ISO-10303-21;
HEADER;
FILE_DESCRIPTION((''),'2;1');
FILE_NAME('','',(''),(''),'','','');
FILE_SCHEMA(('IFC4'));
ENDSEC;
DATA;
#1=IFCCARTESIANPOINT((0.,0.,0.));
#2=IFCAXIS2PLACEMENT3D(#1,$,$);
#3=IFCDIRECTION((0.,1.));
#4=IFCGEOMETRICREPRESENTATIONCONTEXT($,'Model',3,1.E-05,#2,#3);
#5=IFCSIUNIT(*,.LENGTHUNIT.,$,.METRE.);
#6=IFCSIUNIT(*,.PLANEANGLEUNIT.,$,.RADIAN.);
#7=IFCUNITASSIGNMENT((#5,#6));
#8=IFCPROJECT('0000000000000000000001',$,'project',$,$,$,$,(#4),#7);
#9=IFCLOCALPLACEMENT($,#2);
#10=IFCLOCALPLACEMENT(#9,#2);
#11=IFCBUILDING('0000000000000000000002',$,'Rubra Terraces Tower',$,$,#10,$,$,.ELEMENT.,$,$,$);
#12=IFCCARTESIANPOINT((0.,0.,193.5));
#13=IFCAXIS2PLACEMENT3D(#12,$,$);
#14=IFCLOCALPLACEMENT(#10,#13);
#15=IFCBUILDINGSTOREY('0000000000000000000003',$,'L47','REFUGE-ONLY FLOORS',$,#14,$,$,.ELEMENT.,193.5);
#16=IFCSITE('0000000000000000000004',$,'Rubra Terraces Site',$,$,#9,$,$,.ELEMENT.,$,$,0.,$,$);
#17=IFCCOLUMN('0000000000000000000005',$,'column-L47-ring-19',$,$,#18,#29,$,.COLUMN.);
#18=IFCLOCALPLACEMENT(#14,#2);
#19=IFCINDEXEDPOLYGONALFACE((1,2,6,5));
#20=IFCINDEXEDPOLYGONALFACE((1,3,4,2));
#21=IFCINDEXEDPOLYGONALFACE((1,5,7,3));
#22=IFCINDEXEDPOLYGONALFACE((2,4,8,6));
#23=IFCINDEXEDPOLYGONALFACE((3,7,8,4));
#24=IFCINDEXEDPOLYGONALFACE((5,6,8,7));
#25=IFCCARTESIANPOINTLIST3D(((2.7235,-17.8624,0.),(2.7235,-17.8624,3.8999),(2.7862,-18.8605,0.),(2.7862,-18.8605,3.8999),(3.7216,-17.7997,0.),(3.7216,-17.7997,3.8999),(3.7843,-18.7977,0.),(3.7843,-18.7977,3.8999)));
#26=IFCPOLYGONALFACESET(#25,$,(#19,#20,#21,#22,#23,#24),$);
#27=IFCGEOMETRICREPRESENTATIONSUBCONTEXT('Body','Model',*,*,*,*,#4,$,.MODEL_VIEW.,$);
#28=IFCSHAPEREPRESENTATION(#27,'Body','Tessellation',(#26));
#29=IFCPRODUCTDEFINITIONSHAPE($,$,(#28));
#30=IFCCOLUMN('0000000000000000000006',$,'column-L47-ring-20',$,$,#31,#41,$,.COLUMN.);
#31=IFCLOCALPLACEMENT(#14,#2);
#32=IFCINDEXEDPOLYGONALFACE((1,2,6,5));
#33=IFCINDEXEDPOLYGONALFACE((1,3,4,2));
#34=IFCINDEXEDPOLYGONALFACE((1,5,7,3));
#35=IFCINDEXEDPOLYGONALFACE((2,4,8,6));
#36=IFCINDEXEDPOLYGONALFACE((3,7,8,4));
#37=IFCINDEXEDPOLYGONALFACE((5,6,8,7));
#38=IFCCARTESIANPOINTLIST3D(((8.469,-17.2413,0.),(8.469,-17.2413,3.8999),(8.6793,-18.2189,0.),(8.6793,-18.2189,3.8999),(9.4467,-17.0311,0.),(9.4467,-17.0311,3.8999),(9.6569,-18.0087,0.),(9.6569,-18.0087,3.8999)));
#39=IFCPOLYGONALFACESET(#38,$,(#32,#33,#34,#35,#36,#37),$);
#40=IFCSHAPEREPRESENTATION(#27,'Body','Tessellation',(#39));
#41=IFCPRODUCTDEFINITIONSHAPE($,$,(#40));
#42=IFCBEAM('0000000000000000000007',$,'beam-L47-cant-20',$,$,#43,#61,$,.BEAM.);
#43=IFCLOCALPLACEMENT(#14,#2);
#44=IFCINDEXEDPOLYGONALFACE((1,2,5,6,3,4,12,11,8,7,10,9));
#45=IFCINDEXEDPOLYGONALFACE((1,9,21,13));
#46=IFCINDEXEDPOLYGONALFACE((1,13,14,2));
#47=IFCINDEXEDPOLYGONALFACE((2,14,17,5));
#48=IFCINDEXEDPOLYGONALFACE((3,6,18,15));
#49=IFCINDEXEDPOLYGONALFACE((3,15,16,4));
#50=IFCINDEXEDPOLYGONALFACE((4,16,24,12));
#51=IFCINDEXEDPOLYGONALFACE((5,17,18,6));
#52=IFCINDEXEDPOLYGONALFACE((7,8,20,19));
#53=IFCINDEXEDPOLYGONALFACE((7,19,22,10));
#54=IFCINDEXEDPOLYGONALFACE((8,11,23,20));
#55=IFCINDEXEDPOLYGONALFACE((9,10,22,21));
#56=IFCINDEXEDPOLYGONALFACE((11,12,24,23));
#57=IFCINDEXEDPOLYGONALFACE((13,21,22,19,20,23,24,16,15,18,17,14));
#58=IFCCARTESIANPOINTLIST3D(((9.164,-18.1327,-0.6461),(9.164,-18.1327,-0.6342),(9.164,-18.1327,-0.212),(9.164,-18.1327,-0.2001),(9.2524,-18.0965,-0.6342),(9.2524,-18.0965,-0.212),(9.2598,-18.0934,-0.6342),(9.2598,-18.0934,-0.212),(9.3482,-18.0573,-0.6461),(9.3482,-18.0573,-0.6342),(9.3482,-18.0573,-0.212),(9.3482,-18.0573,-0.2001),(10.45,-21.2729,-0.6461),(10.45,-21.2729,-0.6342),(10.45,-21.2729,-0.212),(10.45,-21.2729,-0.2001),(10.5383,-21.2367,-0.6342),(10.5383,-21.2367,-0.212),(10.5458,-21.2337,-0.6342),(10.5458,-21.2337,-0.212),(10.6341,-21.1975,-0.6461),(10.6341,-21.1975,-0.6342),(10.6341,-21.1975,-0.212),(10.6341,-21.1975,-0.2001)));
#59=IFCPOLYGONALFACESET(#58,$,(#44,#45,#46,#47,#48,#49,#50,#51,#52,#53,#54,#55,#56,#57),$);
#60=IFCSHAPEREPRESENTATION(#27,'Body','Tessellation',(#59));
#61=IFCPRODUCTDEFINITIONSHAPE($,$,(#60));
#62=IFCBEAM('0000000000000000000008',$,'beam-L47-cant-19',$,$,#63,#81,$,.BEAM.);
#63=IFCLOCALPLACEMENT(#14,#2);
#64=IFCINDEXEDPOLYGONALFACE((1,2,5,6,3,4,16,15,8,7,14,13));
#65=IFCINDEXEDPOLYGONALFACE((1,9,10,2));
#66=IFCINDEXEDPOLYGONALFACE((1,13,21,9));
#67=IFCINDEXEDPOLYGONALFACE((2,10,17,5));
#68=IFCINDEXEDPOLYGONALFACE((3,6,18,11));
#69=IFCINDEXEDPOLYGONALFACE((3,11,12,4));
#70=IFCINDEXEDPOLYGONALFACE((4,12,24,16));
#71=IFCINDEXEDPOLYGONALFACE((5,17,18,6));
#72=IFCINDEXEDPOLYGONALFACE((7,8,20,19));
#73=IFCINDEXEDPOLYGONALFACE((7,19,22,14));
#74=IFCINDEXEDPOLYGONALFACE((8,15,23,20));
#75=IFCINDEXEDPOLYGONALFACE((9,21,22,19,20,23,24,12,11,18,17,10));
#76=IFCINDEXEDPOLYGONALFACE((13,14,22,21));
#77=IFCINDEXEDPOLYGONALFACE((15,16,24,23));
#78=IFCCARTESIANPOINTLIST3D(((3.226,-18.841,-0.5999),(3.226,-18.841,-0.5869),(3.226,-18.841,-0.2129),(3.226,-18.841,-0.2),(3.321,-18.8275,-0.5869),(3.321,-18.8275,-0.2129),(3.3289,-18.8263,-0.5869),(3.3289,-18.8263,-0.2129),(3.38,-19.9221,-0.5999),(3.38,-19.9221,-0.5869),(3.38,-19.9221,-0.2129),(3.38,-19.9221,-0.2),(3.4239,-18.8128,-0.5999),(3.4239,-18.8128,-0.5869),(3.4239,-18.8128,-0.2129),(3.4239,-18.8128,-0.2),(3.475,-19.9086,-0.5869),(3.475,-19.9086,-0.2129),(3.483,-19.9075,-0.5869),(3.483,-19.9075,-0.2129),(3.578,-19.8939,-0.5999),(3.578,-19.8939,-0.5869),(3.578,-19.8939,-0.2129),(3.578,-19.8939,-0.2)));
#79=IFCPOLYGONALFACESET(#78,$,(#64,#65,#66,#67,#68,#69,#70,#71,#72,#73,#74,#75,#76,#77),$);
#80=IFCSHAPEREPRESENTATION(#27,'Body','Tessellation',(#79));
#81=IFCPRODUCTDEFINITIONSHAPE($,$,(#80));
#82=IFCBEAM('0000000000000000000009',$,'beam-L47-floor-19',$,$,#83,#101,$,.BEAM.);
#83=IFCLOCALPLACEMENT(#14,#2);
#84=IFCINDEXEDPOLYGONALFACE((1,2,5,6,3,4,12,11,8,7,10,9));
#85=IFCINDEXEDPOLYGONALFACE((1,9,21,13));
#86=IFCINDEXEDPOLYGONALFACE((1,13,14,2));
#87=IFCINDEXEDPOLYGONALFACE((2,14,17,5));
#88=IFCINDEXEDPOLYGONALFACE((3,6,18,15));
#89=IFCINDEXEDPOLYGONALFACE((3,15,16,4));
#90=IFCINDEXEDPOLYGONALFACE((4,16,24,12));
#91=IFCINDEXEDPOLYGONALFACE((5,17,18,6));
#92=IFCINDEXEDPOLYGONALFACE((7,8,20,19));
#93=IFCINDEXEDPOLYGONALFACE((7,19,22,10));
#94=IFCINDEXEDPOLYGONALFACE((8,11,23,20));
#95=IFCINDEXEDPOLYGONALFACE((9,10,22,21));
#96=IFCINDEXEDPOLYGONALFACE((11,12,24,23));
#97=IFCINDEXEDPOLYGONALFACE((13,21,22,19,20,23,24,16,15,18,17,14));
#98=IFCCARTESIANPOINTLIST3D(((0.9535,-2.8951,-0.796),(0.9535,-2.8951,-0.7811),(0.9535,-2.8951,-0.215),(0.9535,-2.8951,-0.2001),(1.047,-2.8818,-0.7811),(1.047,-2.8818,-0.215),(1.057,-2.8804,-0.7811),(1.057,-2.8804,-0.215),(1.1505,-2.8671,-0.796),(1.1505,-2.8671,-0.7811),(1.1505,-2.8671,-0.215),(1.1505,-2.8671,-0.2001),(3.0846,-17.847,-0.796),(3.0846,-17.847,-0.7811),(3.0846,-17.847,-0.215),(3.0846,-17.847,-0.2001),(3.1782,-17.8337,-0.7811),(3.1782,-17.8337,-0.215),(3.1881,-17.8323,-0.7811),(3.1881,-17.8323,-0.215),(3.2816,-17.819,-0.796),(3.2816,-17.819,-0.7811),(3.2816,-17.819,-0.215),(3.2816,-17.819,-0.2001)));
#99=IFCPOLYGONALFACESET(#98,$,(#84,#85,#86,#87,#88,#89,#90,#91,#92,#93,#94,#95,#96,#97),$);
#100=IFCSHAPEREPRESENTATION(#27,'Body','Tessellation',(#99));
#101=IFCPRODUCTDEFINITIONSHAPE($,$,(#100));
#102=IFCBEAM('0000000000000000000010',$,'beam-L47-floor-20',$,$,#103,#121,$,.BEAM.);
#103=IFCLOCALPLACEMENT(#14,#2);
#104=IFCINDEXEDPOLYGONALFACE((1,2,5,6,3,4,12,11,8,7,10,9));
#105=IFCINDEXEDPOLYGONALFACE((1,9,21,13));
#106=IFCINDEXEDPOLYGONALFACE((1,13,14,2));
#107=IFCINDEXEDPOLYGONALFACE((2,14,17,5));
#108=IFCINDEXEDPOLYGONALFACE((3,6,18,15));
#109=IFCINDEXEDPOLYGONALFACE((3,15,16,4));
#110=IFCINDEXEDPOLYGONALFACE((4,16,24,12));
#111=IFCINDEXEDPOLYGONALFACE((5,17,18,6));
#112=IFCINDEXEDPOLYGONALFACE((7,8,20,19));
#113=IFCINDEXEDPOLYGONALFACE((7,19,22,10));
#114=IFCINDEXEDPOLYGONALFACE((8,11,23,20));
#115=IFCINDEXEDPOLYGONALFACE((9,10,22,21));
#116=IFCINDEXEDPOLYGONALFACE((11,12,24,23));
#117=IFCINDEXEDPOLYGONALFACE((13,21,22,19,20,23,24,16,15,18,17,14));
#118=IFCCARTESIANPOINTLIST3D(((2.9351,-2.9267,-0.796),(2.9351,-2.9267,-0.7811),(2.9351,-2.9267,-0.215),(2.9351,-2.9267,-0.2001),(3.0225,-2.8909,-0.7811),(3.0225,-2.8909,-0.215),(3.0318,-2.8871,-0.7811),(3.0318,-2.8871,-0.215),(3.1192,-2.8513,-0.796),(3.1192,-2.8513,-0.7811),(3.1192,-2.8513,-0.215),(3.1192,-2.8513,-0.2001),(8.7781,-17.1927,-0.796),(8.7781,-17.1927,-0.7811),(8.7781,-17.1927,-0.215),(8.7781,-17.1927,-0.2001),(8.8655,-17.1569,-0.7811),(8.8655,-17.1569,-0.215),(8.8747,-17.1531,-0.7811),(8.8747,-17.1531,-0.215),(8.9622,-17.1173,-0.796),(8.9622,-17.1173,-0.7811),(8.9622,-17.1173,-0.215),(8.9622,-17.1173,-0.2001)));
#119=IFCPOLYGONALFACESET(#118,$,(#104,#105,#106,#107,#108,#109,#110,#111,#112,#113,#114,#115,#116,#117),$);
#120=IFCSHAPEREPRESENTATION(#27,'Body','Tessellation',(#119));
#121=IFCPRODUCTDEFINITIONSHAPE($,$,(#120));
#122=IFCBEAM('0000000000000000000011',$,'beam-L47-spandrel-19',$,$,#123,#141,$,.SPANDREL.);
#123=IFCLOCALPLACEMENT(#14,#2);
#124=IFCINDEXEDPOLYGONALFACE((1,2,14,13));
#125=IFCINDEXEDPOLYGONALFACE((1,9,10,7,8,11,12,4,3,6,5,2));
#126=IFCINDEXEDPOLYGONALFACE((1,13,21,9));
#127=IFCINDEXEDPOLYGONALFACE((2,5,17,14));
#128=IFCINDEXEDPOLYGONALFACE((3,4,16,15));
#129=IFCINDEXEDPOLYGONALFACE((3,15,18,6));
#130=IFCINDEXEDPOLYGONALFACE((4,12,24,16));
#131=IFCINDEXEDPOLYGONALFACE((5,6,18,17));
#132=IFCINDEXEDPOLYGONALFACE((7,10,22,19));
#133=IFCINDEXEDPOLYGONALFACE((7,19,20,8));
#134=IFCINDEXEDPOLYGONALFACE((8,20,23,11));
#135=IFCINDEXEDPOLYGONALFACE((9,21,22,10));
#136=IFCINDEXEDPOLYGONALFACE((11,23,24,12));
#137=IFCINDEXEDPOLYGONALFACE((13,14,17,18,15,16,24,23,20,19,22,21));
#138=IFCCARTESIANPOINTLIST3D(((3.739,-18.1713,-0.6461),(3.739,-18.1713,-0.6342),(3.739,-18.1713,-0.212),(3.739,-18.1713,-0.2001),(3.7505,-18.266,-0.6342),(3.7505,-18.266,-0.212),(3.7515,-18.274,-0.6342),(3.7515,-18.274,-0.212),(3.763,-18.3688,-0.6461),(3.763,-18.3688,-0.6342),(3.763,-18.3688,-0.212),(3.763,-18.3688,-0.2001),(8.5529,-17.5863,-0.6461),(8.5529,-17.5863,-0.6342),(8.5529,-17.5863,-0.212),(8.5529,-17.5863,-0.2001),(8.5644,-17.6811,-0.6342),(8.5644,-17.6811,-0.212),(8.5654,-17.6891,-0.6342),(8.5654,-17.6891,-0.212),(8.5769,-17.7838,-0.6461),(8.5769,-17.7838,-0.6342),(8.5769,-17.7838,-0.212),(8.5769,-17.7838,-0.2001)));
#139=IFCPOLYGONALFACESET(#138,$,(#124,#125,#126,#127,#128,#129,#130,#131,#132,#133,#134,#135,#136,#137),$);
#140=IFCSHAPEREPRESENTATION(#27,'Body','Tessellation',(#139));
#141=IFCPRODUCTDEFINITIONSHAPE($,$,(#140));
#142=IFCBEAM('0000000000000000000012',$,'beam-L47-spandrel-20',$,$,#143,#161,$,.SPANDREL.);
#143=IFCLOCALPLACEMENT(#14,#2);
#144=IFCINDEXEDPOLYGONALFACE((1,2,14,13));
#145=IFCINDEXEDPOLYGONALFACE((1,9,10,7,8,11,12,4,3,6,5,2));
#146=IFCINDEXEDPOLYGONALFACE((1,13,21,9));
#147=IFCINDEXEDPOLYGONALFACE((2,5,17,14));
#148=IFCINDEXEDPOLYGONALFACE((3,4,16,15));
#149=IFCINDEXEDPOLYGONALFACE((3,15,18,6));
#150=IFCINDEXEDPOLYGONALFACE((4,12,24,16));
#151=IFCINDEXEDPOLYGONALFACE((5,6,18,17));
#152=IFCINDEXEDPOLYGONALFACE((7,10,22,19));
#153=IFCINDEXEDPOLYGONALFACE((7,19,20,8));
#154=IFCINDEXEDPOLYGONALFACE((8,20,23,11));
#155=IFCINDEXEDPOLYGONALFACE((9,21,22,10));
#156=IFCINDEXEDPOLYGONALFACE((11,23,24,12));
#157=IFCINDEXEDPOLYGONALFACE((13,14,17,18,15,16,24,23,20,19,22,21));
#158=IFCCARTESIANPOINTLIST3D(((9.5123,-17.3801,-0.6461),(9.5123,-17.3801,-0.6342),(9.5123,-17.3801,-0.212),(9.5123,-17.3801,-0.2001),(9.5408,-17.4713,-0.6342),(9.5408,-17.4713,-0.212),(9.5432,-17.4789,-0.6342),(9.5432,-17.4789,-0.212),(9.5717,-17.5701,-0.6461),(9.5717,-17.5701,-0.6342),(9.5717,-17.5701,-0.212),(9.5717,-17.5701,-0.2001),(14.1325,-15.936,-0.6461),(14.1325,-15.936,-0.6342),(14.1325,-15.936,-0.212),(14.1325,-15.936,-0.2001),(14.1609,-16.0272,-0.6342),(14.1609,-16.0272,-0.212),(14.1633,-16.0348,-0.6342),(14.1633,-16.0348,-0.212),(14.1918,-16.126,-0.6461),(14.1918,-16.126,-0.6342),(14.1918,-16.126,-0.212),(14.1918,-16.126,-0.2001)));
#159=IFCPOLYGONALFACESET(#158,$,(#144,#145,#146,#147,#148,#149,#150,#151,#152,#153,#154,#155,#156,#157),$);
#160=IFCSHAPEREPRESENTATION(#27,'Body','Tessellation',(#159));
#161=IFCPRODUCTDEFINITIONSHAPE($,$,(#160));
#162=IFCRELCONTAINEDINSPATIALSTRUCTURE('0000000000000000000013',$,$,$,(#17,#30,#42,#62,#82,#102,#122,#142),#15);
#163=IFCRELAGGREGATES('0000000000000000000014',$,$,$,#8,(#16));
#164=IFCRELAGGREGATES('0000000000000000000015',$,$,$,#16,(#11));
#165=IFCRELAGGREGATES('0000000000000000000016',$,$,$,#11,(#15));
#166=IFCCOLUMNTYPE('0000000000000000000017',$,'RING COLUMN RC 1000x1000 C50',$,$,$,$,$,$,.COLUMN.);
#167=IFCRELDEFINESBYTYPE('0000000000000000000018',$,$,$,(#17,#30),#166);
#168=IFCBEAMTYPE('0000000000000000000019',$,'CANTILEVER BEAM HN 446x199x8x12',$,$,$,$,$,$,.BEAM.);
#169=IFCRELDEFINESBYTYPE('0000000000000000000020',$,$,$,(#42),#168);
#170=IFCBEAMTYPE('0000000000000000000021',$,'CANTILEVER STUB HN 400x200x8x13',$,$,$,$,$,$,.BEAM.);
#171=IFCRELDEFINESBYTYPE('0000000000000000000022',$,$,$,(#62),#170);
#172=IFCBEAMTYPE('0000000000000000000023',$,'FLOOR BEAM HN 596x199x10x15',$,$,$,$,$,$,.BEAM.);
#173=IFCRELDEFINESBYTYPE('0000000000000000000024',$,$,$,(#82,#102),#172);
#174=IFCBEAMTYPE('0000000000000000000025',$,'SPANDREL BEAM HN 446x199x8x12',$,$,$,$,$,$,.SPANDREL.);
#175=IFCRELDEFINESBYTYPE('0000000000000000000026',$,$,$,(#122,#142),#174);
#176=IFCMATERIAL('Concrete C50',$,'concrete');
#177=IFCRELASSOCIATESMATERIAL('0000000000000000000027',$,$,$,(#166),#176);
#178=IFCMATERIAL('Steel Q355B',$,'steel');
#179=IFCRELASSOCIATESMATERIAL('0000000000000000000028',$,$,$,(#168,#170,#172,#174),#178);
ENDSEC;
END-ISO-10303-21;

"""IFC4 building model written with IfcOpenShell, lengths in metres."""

from ifc_helpers import new_model, si_unit, direction, frame, origin, origin_2d, place, context, subcontext, project, spatial, rectangle, i_section, extrude, material, material_profile, profile_set, type_object, element, save


model = new_model("IFC4")

# Units and contexts
model_context = context("Model", 3, precision=1e-05, world=origin(), true_north=direction((0.0, 1.0)))
body_context = subcontext(model_context, "Body", "Model", "MODEL_VIEW")
ifc_project = project(units=[si_unit("LENGTHUNIT", "METRE"), si_unit("PLANEANGLEUNIT", "RADIAN")], contexts=[model_context])

# Site, building, storey
site_placement = place(None, origin())
site = spatial("IfcSite", under=ifc_project, at=site_placement, Name="Rubra Terraces Site", CompositionType="ELEMENT", RefElevation=0.0)
building_placement = place(site_placement, origin())
building = spatial("IfcBuilding", under=site, at=building_placement, Name="Rubra Terraces Tower", CompositionType="ELEMENT")
storey_placement = place(building_placement, frame((0.0, 0.0, 193.5)))
storey = spatial("IfcBuildingStorey", under=building, at=storey_placement, Name="L47", Description="REFUGE-ONLY FLOORS", CompositionType="ELEMENT", Elevation=193.5)

# Columns
ifc_material_1 = material(Name="Concrete C50", Category="concrete")
ifc_material_profile_1 = material_profile(ifc_material_1, rectangle(XDim=1.0, YDim=1.0, at=origin_2d()), Name="RC 1000x1000")
ifc_profile_set_1 = profile_set([ifc_material_profile_1], Name="Concrete C50")
column_type = type_object("IfcColumnType", Name="RING COLUMN RC 1000x1000 C50", PredefinedType="COLUMN", material=ifc_profile_set_1)
for number, where, z_axis, x_axis, name in (
    (1, (3.2539, -18.3301, 0.0), (0.0, 0.0, 1.0), (0.998032, 0.062714, 0.0), "column-L47-ring-19"),
    (2, (9.063, -17.625, 0.0), (0.0, 0.0, 1.0), (0.977653, 0.210227, 0.0), "column-L47-ring-20"),
):
    element("IfcColumn", number, at=place(storey_placement, frame(where, z_axis=z_axis, x_axis=x_axis)), inside=storey, type_object=column_type, Name=name, PredefinedType="COLUMN", context=body_context, shape_type="SweptSolid", body=[
        extrude(rectangle(XDim=1.0, YDim=1.0, at=origin_2d()), origin(), (0.0, 0.0, 1.0), 3.8999),
    ])

# Beams
ifc_material_2 = material(Name="Steel Q355B", Category="steel")
ifc_material_profile_2 = material_profile(ifc_material_2, i_section(OverallWidth=0.199, OverallDepth=0.446, WebThickness=0.0081, FlangeThickness=0.012, at=origin_2d()), Name="HN 446x199x8x12")
ifc_profile_set_2 = profile_set([ifc_material_profile_2], Name="Steel Q355B")
beam_type_1 = type_object("IfcBeamType", Name="CANTILEVER BEAM HN 446x199x8x12", PredefinedType="BEAM", material=ifc_profile_set_2)
beam_1_placement = place(storey_placement, frame((9.2561, -18.095, -0.4231), z_axis=(0.378958, -0.925414, 0.0), x_axis=(0.925414, 0.378958, 0.0)))
element("IfcBeam", 3, at=beam_1_placement, inside=storey, type_object=beam_type_1, Name="beam-L47-cant-20", PredefinedType="BEAM", context=body_context, shape_type="SweptSolid", body=[
    extrude(i_section(OverallWidth=0.199, OverallDepth=0.446, WebThickness=0.0081, FlangeThickness=0.012, at=origin_2d()), origin(), (0.0, 0.0, 1.0), 3.3933),
])
ifc_material_profile_3 = material_profile(ifc_material_2, i_section(OverallWidth=0.2, OverallDepth=0.3999, WebThickness=0.0081, FlangeThickness=0.0129, at=origin_2d()), Name="HN 400x200x8x13")
ifc_profile_set_3 = profile_set([ifc_material_profile_3], Name="Steel Q355B")
beam_type_2 = type_object("IfcBeamType", Name="CANTILEVER STUB HN 400x200x8x13", PredefinedType="BEAM", material=ifc_profile_set_3)
beam_2_placement = place(storey_placement, frame((3.325, -18.8269, -0.3999), z_axis=(0.141077, -0.989999, 0.0), x_axis=(0.989999, 0.141077, 0.0)))
element("IfcBeam", 4, at=beam_2_placement, inside=storey, type_object=beam_type_2, Name="beam-L47-cant-19", PredefinedType="BEAM", context=body_context, shape_type="SweptSolid", body=[
    extrude(i_section(OverallWidth=0.2, OverallDepth=0.3999, WebThickness=0.0081, FlangeThickness=0.0129, at=origin_2d()), origin(), (0.0, 0.0, 1.0), 1.092),
])
ifc_material_profile_4 = material_profile(ifc_material_2, i_section(OverallWidth=0.199, OverallDepth=0.5959, WebThickness=0.01, FlangeThickness=0.0149, at=origin_2d()), Name="HN 596x199x10x15")
ifc_profile_set_4 = profile_set([ifc_material_profile_4], Name="Steel Q355B")
beam_type_3 = type_object("IfcBeamType", Name="FLOOR BEAM HN 596x199x10x15", PredefinedType="BEAM", material=ifc_profile_set_4)
beam_3_placement = place(storey_placement, frame((3.1831, -17.833, -0.498), z_axis=(-0.141105, 0.989995, 0.0), x_axis=(-0.989995, -0.141105, 0.0)))
element("IfcBeam", 5, at=beam_3_placement, inside=storey, type_object=beam_type_3, Name="beam-L47-floor-19", PredefinedType="BEAM", context=body_context, shape_type="SweptSolid", body=[
    extrude(i_section(OverallWidth=0.199, OverallDepth=0.5959, WebThickness=0.01, FlangeThickness=0.0149, at=origin_2d()), origin(), (0.0, 0.0, 1.0), 15.103),
])
beam_4_placement = place(storey_placement, frame((8.8701, -17.155, -0.498), z_axis=(-0.379015, 0.92539, 0.0), x_axis=(-0.92539, -0.379015, 0.0)))
element("IfcBeam", 6, at=beam_4_placement, inside=storey, type_object=beam_type_3, Name="beam-L47-floor-20", PredefinedType="BEAM", context=body_context, shape_type="SweptSolid", body=[
    extrude(i_section(OverallWidth=0.199, OverallDepth=0.5959, WebThickness=0.01, FlangeThickness=0.0149, at=origin_2d()), origin(), (0.0, 0.0, 1.0), 15.4163),
])
ifc_material_profile_5 = material_profile(ifc_material_2, i_section(OverallWidth=0.199, OverallDepth=0.446, WebThickness=0.0081, FlangeThickness=0.012, at=origin_2d()), Name="HN 446x199x8x12")
ifc_profile_set_5 = profile_set([ifc_material_profile_5], Name="Steel Q355B")
beam_type_4 = type_object("IfcBeamType", Name="SPANDREL BEAM HN 446x199x8x12", PredefinedType="SPANDREL", material=ifc_profile_set_5)
beam_5_placement = place(storey_placement, frame((3.751, -18.27, -0.4231), z_axis=(0.992698, 0.120626, 0.0), x_axis=(-0.120626, 0.992698, 0.0)))
element("IfcBeam", 7, at=beam_5_placement, inside=storey, type_object=beam_type_4, Name="beam-L47-spandrel-19", PredefinedType="SPANDREL", context=body_context, shape_type="SweptSolid", body=[
    extrude(i_section(OverallWidth=0.199, OverallDepth=0.446, WebThickness=0.0081, FlangeThickness=0.012, at=origin_2d()), origin(), (0.0, 0.0, 1.0), 4.8494),
])
beam_6_placement = place(storey_placement, frame((9.542, -17.4751, -0.4231), z_axis=(0.954462, 0.298332, 0.0), x_axis=(-0.298332, 0.954462, 0.0)))
element("IfcBeam", 8, at=beam_6_placement, inside=storey, type_object=beam_type_4, Name="beam-L47-spandrel-20", PredefinedType="SPANDREL", context=body_context, shape_type="SweptSolid", body=[
    extrude(i_section(OverallWidth=0.199, OverallDepth=0.446, WebThickness=0.0081, FlangeThickness=0.012, at=origin_2d()), origin(), (0.0, 0.0, 1.0), 4.8406),
])

save(model, "model.ifc")
